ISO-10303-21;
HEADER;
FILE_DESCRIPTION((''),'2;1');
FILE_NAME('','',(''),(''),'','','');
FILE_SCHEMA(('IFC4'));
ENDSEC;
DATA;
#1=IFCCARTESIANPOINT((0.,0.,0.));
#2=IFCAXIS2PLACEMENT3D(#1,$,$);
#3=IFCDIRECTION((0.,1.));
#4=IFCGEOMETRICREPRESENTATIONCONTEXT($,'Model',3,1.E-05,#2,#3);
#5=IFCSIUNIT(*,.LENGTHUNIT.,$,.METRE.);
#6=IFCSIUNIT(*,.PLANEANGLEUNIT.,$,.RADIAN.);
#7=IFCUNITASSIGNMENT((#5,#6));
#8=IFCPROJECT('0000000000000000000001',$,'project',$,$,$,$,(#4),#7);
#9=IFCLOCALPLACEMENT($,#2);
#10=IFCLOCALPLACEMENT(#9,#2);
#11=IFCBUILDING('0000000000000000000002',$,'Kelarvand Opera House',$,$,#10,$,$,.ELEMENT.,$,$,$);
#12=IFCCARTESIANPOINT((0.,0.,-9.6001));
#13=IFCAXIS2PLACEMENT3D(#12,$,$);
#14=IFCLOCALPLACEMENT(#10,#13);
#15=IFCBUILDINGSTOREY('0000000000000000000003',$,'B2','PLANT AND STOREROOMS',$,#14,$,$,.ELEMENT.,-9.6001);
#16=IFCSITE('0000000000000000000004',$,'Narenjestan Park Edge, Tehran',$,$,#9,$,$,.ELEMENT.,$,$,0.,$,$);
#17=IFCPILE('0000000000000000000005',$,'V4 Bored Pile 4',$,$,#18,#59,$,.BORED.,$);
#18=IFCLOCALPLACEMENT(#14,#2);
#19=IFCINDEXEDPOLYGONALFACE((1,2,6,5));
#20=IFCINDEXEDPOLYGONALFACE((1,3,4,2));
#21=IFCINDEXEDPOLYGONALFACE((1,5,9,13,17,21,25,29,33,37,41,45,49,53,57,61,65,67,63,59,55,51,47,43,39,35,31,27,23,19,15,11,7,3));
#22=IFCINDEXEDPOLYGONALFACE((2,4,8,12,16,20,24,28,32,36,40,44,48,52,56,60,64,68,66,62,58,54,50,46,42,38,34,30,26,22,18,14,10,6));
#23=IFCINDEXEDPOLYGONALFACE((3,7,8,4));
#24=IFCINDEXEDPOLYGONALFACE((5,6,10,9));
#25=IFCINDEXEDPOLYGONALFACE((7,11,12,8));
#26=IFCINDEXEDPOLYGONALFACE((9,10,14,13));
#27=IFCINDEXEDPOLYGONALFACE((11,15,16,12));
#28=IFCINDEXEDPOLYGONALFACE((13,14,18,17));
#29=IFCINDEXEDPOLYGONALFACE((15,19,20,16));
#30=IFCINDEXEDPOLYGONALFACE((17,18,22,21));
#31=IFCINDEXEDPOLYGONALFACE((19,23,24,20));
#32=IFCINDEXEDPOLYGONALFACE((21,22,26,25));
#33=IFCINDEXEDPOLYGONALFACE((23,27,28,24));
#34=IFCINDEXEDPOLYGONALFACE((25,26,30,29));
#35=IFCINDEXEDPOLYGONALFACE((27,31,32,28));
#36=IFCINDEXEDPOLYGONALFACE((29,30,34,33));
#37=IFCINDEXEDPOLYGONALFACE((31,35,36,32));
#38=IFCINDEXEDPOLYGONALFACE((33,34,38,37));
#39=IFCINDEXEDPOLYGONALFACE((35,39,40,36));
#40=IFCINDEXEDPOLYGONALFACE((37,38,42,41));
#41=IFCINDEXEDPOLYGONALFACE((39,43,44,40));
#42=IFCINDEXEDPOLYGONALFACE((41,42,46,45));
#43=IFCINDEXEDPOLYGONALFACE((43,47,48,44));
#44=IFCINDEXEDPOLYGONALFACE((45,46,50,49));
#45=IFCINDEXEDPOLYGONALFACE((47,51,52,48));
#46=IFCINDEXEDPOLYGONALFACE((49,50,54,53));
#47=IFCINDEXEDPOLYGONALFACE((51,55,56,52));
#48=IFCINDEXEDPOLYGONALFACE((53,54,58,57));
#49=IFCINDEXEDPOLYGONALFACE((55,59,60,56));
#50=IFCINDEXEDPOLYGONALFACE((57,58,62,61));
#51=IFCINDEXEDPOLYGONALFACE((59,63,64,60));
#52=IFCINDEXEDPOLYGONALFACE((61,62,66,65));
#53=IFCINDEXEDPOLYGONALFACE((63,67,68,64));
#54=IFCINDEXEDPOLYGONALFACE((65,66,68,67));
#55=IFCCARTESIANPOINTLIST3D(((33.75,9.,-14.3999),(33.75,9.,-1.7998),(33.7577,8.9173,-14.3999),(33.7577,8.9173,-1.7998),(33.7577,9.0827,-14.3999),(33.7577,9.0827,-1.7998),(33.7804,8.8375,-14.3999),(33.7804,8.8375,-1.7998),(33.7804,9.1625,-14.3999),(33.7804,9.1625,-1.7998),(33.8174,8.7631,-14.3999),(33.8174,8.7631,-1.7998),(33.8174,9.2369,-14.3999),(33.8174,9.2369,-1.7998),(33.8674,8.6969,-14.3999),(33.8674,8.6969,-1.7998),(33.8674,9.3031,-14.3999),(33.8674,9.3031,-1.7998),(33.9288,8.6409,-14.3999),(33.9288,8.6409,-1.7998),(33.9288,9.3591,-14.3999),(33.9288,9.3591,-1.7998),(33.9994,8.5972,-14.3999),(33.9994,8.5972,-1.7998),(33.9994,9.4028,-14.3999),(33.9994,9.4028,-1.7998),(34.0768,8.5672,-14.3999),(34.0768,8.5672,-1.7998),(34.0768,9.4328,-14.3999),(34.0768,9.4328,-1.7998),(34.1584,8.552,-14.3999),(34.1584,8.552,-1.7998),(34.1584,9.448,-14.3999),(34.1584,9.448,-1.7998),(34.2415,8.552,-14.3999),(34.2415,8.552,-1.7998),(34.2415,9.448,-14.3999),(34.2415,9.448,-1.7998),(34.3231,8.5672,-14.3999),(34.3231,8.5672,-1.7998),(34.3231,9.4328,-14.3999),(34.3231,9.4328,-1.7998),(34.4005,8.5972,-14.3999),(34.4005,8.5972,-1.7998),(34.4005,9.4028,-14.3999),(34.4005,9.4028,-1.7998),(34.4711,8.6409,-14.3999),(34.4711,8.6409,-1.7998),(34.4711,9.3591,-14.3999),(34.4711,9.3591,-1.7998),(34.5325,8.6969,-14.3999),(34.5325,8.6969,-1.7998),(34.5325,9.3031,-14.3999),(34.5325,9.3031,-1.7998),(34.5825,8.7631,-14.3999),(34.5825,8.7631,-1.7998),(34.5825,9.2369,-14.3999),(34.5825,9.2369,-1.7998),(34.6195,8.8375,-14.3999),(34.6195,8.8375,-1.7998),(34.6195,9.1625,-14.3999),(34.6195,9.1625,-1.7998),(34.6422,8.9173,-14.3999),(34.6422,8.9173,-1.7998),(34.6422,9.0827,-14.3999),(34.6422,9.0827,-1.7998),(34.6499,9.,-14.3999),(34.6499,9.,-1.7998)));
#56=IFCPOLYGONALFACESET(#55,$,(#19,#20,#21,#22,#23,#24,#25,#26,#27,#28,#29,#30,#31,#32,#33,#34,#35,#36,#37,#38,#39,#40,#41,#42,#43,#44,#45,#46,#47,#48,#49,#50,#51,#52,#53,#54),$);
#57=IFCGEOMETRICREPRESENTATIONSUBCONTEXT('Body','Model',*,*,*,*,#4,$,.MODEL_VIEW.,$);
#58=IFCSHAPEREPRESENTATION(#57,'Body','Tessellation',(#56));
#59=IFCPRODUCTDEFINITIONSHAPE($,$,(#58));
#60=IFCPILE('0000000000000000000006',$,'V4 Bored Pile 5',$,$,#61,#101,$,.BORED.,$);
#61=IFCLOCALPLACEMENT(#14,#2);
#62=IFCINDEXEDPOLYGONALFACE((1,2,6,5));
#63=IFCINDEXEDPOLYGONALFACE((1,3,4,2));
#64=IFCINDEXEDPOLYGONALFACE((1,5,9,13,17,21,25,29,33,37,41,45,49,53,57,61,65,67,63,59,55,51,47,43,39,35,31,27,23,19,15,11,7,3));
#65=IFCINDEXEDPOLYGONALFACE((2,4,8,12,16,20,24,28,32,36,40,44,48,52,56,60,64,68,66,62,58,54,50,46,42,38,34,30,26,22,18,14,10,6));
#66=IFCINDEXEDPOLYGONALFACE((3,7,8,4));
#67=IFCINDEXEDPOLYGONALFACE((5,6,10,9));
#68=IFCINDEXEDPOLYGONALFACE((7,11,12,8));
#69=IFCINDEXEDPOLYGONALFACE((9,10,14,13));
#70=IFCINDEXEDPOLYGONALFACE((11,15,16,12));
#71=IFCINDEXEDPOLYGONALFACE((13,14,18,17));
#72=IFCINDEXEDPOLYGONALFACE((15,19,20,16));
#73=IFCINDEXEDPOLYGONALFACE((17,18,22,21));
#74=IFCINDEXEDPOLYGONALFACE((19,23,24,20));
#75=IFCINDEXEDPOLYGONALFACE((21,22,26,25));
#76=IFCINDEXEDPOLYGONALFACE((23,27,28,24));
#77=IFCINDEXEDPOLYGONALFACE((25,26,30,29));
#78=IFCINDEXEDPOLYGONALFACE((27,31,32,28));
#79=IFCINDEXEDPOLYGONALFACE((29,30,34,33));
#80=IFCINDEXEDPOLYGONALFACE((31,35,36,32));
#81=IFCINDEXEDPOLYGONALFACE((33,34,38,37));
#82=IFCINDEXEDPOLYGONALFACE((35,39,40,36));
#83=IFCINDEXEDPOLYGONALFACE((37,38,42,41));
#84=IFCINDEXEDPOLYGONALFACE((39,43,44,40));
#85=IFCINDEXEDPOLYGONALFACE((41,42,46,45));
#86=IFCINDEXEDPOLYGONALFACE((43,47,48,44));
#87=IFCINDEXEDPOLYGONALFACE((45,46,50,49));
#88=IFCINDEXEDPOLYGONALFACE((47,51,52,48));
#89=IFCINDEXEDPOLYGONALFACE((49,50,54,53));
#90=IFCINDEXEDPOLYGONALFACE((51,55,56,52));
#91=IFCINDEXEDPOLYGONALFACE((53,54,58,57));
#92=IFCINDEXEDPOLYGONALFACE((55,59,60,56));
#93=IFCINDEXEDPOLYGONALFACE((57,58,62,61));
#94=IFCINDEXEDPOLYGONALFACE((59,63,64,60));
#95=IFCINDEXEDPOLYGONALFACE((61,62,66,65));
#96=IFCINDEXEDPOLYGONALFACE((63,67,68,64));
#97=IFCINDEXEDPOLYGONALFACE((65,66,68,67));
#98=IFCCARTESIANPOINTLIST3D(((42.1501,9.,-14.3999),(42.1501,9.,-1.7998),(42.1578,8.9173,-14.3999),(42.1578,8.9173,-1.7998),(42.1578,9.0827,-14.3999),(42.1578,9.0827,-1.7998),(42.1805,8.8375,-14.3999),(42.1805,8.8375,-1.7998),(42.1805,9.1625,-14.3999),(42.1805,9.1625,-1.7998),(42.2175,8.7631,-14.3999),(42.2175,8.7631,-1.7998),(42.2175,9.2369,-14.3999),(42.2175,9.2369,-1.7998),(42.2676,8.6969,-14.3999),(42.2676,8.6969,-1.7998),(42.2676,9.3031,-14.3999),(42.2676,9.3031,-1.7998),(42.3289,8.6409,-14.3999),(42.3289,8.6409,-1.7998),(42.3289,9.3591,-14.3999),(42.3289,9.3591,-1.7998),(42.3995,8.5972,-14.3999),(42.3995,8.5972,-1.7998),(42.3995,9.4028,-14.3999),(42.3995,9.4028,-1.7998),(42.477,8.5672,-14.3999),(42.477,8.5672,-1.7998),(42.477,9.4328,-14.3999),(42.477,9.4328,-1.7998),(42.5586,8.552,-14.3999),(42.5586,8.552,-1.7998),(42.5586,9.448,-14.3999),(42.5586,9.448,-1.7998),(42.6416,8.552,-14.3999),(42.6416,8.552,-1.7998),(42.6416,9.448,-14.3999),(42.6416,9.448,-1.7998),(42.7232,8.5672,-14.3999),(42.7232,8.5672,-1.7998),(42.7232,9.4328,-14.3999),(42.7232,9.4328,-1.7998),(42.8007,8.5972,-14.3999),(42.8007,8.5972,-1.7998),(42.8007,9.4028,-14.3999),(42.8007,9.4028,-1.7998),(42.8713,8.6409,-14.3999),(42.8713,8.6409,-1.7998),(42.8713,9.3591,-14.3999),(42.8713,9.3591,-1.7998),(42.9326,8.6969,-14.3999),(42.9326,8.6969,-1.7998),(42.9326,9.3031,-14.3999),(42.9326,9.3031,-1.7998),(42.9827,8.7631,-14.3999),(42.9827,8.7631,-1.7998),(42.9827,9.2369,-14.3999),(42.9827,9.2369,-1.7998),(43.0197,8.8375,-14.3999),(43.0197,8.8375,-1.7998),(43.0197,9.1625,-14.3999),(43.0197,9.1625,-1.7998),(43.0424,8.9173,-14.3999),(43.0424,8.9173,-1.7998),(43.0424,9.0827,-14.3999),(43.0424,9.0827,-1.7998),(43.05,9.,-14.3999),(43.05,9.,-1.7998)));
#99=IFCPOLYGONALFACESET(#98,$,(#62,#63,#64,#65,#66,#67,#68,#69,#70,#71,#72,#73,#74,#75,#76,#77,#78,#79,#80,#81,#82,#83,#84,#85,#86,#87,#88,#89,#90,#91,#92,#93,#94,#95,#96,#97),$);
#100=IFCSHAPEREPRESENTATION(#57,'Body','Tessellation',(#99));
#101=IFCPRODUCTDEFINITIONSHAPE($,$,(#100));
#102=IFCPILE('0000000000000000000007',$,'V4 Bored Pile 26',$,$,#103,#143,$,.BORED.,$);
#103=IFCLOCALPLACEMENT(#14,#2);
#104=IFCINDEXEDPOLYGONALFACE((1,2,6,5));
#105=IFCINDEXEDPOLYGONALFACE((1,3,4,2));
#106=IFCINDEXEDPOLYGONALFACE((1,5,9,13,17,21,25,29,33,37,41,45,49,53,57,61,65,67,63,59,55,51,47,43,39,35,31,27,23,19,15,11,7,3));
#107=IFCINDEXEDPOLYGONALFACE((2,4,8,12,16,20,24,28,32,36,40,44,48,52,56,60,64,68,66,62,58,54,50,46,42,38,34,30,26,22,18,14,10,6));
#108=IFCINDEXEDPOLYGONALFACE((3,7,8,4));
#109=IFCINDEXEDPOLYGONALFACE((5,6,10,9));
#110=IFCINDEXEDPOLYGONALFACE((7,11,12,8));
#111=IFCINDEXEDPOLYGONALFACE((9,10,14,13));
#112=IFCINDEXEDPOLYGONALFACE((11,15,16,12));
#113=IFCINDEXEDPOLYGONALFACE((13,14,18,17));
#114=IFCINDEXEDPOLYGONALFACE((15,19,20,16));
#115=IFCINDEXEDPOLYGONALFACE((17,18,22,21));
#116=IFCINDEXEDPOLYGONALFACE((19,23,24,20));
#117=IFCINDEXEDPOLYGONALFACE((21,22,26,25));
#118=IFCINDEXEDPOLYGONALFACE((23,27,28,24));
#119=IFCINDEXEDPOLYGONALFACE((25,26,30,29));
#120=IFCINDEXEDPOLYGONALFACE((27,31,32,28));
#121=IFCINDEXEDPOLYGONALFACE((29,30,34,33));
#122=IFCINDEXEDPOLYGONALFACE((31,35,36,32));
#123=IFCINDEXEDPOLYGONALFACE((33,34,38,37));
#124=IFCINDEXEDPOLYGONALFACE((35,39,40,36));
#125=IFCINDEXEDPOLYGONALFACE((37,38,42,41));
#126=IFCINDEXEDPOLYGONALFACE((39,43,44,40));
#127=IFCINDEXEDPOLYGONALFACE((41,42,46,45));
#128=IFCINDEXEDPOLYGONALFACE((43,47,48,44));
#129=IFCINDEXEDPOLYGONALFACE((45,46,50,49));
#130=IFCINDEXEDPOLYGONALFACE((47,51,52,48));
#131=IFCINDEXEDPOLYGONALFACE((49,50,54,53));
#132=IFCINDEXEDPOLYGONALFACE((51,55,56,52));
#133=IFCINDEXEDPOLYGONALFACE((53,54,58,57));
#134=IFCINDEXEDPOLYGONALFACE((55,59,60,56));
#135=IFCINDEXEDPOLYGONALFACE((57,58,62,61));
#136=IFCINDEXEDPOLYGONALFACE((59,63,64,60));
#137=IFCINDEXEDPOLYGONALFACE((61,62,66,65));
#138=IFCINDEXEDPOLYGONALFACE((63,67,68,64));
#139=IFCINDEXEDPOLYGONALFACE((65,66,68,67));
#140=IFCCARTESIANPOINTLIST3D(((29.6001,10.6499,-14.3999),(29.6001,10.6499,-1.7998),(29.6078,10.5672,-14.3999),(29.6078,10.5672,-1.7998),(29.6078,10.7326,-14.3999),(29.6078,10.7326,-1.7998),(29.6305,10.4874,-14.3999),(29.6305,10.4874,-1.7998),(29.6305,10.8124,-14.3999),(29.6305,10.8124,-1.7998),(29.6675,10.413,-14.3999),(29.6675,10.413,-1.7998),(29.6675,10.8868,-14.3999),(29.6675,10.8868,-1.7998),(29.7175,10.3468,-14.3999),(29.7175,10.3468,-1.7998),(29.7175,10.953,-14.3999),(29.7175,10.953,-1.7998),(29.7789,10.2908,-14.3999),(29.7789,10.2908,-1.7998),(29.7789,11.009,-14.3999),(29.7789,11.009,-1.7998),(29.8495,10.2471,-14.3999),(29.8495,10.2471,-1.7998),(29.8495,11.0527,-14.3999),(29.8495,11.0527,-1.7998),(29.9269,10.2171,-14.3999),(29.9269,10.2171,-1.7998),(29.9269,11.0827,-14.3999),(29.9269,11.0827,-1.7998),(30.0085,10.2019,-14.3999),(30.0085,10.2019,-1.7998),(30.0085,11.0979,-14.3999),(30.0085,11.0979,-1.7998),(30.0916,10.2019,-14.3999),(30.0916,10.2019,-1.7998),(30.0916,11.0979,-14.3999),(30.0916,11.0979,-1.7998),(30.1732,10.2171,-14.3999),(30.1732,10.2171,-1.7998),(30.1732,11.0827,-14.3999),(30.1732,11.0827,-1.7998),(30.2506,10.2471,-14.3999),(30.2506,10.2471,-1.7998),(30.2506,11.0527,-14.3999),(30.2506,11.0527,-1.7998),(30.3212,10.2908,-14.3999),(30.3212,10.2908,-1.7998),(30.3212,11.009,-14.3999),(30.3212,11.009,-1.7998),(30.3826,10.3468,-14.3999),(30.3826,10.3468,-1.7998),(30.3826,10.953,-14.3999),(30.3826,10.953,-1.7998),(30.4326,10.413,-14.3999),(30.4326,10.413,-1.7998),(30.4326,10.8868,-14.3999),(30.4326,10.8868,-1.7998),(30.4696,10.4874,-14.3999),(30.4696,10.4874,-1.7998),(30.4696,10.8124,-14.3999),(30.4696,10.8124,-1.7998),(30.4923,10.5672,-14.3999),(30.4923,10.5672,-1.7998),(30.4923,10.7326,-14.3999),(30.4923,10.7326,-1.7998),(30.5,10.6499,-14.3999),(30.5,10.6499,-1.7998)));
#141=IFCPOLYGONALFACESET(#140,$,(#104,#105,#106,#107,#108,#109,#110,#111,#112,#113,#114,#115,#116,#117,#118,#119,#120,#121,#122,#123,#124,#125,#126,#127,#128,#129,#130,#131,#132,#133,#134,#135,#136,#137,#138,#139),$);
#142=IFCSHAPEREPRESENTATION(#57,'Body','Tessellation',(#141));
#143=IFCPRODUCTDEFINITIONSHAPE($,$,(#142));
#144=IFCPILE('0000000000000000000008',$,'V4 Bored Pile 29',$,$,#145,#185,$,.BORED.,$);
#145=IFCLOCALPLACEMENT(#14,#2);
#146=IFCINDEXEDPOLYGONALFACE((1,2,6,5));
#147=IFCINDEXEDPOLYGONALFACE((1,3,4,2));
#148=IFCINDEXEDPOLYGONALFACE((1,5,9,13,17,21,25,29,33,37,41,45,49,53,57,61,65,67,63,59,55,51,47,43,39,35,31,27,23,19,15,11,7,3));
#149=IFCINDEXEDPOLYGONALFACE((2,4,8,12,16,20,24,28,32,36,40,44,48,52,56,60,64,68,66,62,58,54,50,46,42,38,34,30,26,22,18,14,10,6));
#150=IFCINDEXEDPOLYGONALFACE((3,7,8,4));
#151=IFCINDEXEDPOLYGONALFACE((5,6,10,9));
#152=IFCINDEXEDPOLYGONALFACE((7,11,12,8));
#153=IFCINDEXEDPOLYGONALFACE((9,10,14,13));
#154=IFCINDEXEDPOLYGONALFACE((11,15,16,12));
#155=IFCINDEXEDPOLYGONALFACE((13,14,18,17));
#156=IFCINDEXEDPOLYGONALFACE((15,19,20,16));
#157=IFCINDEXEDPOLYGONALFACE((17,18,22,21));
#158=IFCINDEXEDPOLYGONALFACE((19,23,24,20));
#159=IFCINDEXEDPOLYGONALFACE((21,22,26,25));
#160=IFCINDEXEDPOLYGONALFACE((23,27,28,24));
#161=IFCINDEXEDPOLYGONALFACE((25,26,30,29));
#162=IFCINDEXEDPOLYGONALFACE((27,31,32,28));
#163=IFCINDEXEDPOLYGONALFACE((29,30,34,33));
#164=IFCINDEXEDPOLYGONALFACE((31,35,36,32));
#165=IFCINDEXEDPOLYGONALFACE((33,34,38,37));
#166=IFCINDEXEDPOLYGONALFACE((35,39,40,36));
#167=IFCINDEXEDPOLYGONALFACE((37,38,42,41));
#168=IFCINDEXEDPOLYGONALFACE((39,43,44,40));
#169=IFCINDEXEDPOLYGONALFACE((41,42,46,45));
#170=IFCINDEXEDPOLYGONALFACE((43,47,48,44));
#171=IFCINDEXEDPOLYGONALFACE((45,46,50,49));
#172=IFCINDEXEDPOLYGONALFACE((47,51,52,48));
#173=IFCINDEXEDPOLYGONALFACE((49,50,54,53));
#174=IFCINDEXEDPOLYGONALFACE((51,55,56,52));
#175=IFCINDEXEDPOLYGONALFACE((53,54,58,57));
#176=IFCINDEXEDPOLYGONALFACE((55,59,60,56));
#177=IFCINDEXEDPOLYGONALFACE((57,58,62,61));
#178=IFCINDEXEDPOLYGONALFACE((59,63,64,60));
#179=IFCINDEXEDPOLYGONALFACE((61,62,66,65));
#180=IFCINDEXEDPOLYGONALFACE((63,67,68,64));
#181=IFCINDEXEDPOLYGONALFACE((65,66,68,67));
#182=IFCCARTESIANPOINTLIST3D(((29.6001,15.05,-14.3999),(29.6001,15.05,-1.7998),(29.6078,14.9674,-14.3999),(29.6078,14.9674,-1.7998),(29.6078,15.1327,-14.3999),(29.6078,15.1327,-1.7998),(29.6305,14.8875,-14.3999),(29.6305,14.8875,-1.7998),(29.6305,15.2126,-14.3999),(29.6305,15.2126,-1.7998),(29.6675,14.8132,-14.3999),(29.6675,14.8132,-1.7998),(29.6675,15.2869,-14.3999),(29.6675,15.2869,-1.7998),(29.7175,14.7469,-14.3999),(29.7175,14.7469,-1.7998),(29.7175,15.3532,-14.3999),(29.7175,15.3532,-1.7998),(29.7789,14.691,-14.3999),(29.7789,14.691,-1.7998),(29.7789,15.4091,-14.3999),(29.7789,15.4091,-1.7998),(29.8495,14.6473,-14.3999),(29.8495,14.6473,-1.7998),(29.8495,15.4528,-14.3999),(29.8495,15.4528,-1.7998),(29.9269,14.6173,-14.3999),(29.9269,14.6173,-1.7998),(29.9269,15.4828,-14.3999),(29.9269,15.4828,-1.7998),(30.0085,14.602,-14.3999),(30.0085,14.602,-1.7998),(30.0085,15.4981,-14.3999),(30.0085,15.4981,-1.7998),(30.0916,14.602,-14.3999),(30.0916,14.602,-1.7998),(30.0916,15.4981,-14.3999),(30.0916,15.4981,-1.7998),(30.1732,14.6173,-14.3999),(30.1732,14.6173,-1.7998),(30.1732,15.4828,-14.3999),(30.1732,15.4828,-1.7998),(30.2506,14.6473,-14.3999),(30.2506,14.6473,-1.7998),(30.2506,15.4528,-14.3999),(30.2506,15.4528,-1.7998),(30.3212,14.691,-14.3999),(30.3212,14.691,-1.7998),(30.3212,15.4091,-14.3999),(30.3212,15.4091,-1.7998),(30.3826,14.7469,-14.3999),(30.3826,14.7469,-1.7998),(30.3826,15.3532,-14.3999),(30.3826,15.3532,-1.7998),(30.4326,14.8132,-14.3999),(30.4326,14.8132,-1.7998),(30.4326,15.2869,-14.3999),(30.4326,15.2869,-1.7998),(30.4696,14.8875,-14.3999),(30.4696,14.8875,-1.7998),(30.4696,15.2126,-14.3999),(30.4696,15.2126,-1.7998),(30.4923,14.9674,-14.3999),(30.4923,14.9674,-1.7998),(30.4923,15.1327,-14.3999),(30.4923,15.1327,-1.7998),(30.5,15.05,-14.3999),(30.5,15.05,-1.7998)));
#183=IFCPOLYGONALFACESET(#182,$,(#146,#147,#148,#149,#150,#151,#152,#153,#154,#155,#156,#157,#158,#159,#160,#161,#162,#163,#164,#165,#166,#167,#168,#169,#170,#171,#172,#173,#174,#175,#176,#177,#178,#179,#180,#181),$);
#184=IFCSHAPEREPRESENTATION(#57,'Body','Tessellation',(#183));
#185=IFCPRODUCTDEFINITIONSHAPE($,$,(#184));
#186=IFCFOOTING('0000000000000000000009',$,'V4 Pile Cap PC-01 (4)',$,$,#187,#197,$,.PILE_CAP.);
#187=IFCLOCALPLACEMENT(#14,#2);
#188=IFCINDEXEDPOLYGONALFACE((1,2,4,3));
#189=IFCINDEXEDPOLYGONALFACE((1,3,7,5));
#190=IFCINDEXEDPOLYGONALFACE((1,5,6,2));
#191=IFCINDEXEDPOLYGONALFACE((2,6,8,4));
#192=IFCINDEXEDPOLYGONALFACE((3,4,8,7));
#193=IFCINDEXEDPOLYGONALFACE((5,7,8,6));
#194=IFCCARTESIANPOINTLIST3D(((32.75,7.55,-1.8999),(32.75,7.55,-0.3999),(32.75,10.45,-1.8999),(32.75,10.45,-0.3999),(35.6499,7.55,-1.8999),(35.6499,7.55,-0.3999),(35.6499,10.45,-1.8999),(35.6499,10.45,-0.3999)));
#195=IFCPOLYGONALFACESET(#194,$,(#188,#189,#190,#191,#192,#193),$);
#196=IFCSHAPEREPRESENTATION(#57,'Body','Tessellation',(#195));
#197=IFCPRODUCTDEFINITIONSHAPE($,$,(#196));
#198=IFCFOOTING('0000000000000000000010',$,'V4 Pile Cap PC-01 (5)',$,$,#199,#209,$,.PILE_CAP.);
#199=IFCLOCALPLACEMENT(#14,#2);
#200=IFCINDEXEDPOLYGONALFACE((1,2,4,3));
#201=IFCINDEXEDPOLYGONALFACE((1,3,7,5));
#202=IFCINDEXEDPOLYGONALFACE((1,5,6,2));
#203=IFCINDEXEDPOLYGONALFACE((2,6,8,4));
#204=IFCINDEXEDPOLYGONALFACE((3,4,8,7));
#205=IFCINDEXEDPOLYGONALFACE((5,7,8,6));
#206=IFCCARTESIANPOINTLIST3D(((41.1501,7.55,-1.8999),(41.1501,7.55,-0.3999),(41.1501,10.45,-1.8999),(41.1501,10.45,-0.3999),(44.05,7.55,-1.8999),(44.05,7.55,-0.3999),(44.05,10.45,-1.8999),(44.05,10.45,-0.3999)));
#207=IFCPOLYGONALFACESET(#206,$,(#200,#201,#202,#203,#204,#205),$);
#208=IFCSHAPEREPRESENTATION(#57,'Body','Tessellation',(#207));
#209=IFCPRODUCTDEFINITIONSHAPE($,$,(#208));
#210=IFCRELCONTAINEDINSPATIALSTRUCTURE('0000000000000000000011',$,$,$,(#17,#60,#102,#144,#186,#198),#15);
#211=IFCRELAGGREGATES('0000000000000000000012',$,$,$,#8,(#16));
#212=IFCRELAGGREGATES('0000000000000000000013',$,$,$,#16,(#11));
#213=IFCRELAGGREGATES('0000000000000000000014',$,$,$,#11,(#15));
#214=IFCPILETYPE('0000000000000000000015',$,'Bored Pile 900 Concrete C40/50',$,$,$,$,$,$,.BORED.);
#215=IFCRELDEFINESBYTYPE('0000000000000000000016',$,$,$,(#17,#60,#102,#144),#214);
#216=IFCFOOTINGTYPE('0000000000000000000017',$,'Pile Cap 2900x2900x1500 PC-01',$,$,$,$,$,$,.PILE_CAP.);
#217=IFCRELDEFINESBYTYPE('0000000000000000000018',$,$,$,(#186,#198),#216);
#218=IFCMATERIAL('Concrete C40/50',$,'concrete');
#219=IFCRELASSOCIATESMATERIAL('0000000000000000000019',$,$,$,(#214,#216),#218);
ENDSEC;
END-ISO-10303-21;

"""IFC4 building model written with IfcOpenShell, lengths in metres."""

from ifc_helpers import new_model, si_unit, direction, frame, origin, origin_2d, place, context, subcontext, project, spatial, rectangle, circle, extrude, material, material_profile, profile_set, type_object, element, save


model = new_model("IFC4")

# Units and contexts
model_context = context("Model", 3, precision=1e-05, world=origin(), true_north=direction((0.0, 1.0)))
body_context = subcontext(model_context, "Body", "Model", "MODEL_VIEW")
ifc_project = project(units=[si_unit("LENGTHUNIT", "METRE"), si_unit("PLANEANGLEUNIT", "RADIAN")], contexts=[model_context])

# Site, building, storey
site_placement = place(None, origin())
site = spatial("IfcSite", under=ifc_project, at=site_placement, Name="Narenjestan Park Edge, Tehran", CompositionType="ELEMENT", RefElevation=0.0)
building_placement = place(site_placement, origin())
building = spatial("IfcBuilding", under=site, at=building_placement, Name="Kelarvand Opera House", CompositionType="ELEMENT")
storey_placement = place(building_placement, frame((0.0, 0.0, -9.6001)))
storey = spatial("IfcBuildingStorey", under=building, at=storey_placement, Name="B2", Description="PLANT AND STOREROOMS", CompositionType="ELEMENT", Elevation=-9.6001)

# Piles
ifc_material_1 = material(Name="Concrete C40/50", Category="concrete")
ifc_material_profile_1 = material_profile(ifc_material_1, circle(Radius=0.45, at=origin_2d()), Name="BP 900", Category="concrete")
ifc_profile_set_1 = profile_set([ifc_material_profile_1], Name="Concrete C40/50")
pile_type = type_object("IfcPileType", Name="Bored Pile 900 Concrete C40/50", PredefinedType="BORED", material=ifc_profile_set_1)
for number, where, z_axis, x_axis, name in (
    (1, (34.2, 9.0, -1.7998), (0.0, 0.0, -1.0), (1.0, 0.0, 0.0), "V4 Bored Pile 4"),
    (2, (42.6001, 9.0, -1.7998), (0.0, 0.0, -1.0), (1.0, 0.0, 0.0), "V4 Bored Pile 5"),
    (3, (30.05, 10.6499, -1.7998), (0.0, 0.0, -1.0), (1.0, 0.0, 0.0), "V4 Bored Pile 26"),
    (4, (30.05, 15.05, -1.7998), (0.0, 0.0, -1.0), (1.0, 0.0, 0.0), "V4 Bored Pile 29"),
):
    element("IfcPile", number, at=place(storey_placement, frame(where, z_axis=z_axis, x_axis=x_axis)), inside=storey, type_object=pile_type, Name=name, PredefinedType="BORED", context=body_context, shape_type="SweptSolid", body=[
        extrude(circle(Radius=0.45, at=origin_2d()), origin(), (0.0, 0.0, 1.0), 12.6001),
    ])

# Footings
footing_type = type_object("IfcFootingType", Name="Pile Cap 2900x2900x1500 PC-01", PredefinedType="PILE_CAP", material=ifc_material_1)
for number, where, z_axis, x_axis, name in (
    (5, (34.2, 9.0, -1.8999), (0.0, 0.0, 1.0), (1.0, 0.0, 0.0), "V4 Pile Cap PC-01 (4)"),
    (6, (42.6001, 9.0, -1.8999), (0.0, 0.0, 1.0), (1.0, 0.0, 0.0), "V4 Pile Cap PC-01 (5)"),
):
    element("IfcFooting", number, at=place(storey_placement, frame(where, z_axis=z_axis, x_axis=x_axis)), inside=storey, type_object=footing_type, Name=name, PredefinedType="PILE_CAP", context=body_context, shape_type="SweptSolid", body=[
        extrude(rectangle(XDim=2.8999, YDim=2.8999, at=origin_2d()), origin(), (0.0, 0.0, 1.0), 1.5),
    ])

save(model, "model.ifc")
